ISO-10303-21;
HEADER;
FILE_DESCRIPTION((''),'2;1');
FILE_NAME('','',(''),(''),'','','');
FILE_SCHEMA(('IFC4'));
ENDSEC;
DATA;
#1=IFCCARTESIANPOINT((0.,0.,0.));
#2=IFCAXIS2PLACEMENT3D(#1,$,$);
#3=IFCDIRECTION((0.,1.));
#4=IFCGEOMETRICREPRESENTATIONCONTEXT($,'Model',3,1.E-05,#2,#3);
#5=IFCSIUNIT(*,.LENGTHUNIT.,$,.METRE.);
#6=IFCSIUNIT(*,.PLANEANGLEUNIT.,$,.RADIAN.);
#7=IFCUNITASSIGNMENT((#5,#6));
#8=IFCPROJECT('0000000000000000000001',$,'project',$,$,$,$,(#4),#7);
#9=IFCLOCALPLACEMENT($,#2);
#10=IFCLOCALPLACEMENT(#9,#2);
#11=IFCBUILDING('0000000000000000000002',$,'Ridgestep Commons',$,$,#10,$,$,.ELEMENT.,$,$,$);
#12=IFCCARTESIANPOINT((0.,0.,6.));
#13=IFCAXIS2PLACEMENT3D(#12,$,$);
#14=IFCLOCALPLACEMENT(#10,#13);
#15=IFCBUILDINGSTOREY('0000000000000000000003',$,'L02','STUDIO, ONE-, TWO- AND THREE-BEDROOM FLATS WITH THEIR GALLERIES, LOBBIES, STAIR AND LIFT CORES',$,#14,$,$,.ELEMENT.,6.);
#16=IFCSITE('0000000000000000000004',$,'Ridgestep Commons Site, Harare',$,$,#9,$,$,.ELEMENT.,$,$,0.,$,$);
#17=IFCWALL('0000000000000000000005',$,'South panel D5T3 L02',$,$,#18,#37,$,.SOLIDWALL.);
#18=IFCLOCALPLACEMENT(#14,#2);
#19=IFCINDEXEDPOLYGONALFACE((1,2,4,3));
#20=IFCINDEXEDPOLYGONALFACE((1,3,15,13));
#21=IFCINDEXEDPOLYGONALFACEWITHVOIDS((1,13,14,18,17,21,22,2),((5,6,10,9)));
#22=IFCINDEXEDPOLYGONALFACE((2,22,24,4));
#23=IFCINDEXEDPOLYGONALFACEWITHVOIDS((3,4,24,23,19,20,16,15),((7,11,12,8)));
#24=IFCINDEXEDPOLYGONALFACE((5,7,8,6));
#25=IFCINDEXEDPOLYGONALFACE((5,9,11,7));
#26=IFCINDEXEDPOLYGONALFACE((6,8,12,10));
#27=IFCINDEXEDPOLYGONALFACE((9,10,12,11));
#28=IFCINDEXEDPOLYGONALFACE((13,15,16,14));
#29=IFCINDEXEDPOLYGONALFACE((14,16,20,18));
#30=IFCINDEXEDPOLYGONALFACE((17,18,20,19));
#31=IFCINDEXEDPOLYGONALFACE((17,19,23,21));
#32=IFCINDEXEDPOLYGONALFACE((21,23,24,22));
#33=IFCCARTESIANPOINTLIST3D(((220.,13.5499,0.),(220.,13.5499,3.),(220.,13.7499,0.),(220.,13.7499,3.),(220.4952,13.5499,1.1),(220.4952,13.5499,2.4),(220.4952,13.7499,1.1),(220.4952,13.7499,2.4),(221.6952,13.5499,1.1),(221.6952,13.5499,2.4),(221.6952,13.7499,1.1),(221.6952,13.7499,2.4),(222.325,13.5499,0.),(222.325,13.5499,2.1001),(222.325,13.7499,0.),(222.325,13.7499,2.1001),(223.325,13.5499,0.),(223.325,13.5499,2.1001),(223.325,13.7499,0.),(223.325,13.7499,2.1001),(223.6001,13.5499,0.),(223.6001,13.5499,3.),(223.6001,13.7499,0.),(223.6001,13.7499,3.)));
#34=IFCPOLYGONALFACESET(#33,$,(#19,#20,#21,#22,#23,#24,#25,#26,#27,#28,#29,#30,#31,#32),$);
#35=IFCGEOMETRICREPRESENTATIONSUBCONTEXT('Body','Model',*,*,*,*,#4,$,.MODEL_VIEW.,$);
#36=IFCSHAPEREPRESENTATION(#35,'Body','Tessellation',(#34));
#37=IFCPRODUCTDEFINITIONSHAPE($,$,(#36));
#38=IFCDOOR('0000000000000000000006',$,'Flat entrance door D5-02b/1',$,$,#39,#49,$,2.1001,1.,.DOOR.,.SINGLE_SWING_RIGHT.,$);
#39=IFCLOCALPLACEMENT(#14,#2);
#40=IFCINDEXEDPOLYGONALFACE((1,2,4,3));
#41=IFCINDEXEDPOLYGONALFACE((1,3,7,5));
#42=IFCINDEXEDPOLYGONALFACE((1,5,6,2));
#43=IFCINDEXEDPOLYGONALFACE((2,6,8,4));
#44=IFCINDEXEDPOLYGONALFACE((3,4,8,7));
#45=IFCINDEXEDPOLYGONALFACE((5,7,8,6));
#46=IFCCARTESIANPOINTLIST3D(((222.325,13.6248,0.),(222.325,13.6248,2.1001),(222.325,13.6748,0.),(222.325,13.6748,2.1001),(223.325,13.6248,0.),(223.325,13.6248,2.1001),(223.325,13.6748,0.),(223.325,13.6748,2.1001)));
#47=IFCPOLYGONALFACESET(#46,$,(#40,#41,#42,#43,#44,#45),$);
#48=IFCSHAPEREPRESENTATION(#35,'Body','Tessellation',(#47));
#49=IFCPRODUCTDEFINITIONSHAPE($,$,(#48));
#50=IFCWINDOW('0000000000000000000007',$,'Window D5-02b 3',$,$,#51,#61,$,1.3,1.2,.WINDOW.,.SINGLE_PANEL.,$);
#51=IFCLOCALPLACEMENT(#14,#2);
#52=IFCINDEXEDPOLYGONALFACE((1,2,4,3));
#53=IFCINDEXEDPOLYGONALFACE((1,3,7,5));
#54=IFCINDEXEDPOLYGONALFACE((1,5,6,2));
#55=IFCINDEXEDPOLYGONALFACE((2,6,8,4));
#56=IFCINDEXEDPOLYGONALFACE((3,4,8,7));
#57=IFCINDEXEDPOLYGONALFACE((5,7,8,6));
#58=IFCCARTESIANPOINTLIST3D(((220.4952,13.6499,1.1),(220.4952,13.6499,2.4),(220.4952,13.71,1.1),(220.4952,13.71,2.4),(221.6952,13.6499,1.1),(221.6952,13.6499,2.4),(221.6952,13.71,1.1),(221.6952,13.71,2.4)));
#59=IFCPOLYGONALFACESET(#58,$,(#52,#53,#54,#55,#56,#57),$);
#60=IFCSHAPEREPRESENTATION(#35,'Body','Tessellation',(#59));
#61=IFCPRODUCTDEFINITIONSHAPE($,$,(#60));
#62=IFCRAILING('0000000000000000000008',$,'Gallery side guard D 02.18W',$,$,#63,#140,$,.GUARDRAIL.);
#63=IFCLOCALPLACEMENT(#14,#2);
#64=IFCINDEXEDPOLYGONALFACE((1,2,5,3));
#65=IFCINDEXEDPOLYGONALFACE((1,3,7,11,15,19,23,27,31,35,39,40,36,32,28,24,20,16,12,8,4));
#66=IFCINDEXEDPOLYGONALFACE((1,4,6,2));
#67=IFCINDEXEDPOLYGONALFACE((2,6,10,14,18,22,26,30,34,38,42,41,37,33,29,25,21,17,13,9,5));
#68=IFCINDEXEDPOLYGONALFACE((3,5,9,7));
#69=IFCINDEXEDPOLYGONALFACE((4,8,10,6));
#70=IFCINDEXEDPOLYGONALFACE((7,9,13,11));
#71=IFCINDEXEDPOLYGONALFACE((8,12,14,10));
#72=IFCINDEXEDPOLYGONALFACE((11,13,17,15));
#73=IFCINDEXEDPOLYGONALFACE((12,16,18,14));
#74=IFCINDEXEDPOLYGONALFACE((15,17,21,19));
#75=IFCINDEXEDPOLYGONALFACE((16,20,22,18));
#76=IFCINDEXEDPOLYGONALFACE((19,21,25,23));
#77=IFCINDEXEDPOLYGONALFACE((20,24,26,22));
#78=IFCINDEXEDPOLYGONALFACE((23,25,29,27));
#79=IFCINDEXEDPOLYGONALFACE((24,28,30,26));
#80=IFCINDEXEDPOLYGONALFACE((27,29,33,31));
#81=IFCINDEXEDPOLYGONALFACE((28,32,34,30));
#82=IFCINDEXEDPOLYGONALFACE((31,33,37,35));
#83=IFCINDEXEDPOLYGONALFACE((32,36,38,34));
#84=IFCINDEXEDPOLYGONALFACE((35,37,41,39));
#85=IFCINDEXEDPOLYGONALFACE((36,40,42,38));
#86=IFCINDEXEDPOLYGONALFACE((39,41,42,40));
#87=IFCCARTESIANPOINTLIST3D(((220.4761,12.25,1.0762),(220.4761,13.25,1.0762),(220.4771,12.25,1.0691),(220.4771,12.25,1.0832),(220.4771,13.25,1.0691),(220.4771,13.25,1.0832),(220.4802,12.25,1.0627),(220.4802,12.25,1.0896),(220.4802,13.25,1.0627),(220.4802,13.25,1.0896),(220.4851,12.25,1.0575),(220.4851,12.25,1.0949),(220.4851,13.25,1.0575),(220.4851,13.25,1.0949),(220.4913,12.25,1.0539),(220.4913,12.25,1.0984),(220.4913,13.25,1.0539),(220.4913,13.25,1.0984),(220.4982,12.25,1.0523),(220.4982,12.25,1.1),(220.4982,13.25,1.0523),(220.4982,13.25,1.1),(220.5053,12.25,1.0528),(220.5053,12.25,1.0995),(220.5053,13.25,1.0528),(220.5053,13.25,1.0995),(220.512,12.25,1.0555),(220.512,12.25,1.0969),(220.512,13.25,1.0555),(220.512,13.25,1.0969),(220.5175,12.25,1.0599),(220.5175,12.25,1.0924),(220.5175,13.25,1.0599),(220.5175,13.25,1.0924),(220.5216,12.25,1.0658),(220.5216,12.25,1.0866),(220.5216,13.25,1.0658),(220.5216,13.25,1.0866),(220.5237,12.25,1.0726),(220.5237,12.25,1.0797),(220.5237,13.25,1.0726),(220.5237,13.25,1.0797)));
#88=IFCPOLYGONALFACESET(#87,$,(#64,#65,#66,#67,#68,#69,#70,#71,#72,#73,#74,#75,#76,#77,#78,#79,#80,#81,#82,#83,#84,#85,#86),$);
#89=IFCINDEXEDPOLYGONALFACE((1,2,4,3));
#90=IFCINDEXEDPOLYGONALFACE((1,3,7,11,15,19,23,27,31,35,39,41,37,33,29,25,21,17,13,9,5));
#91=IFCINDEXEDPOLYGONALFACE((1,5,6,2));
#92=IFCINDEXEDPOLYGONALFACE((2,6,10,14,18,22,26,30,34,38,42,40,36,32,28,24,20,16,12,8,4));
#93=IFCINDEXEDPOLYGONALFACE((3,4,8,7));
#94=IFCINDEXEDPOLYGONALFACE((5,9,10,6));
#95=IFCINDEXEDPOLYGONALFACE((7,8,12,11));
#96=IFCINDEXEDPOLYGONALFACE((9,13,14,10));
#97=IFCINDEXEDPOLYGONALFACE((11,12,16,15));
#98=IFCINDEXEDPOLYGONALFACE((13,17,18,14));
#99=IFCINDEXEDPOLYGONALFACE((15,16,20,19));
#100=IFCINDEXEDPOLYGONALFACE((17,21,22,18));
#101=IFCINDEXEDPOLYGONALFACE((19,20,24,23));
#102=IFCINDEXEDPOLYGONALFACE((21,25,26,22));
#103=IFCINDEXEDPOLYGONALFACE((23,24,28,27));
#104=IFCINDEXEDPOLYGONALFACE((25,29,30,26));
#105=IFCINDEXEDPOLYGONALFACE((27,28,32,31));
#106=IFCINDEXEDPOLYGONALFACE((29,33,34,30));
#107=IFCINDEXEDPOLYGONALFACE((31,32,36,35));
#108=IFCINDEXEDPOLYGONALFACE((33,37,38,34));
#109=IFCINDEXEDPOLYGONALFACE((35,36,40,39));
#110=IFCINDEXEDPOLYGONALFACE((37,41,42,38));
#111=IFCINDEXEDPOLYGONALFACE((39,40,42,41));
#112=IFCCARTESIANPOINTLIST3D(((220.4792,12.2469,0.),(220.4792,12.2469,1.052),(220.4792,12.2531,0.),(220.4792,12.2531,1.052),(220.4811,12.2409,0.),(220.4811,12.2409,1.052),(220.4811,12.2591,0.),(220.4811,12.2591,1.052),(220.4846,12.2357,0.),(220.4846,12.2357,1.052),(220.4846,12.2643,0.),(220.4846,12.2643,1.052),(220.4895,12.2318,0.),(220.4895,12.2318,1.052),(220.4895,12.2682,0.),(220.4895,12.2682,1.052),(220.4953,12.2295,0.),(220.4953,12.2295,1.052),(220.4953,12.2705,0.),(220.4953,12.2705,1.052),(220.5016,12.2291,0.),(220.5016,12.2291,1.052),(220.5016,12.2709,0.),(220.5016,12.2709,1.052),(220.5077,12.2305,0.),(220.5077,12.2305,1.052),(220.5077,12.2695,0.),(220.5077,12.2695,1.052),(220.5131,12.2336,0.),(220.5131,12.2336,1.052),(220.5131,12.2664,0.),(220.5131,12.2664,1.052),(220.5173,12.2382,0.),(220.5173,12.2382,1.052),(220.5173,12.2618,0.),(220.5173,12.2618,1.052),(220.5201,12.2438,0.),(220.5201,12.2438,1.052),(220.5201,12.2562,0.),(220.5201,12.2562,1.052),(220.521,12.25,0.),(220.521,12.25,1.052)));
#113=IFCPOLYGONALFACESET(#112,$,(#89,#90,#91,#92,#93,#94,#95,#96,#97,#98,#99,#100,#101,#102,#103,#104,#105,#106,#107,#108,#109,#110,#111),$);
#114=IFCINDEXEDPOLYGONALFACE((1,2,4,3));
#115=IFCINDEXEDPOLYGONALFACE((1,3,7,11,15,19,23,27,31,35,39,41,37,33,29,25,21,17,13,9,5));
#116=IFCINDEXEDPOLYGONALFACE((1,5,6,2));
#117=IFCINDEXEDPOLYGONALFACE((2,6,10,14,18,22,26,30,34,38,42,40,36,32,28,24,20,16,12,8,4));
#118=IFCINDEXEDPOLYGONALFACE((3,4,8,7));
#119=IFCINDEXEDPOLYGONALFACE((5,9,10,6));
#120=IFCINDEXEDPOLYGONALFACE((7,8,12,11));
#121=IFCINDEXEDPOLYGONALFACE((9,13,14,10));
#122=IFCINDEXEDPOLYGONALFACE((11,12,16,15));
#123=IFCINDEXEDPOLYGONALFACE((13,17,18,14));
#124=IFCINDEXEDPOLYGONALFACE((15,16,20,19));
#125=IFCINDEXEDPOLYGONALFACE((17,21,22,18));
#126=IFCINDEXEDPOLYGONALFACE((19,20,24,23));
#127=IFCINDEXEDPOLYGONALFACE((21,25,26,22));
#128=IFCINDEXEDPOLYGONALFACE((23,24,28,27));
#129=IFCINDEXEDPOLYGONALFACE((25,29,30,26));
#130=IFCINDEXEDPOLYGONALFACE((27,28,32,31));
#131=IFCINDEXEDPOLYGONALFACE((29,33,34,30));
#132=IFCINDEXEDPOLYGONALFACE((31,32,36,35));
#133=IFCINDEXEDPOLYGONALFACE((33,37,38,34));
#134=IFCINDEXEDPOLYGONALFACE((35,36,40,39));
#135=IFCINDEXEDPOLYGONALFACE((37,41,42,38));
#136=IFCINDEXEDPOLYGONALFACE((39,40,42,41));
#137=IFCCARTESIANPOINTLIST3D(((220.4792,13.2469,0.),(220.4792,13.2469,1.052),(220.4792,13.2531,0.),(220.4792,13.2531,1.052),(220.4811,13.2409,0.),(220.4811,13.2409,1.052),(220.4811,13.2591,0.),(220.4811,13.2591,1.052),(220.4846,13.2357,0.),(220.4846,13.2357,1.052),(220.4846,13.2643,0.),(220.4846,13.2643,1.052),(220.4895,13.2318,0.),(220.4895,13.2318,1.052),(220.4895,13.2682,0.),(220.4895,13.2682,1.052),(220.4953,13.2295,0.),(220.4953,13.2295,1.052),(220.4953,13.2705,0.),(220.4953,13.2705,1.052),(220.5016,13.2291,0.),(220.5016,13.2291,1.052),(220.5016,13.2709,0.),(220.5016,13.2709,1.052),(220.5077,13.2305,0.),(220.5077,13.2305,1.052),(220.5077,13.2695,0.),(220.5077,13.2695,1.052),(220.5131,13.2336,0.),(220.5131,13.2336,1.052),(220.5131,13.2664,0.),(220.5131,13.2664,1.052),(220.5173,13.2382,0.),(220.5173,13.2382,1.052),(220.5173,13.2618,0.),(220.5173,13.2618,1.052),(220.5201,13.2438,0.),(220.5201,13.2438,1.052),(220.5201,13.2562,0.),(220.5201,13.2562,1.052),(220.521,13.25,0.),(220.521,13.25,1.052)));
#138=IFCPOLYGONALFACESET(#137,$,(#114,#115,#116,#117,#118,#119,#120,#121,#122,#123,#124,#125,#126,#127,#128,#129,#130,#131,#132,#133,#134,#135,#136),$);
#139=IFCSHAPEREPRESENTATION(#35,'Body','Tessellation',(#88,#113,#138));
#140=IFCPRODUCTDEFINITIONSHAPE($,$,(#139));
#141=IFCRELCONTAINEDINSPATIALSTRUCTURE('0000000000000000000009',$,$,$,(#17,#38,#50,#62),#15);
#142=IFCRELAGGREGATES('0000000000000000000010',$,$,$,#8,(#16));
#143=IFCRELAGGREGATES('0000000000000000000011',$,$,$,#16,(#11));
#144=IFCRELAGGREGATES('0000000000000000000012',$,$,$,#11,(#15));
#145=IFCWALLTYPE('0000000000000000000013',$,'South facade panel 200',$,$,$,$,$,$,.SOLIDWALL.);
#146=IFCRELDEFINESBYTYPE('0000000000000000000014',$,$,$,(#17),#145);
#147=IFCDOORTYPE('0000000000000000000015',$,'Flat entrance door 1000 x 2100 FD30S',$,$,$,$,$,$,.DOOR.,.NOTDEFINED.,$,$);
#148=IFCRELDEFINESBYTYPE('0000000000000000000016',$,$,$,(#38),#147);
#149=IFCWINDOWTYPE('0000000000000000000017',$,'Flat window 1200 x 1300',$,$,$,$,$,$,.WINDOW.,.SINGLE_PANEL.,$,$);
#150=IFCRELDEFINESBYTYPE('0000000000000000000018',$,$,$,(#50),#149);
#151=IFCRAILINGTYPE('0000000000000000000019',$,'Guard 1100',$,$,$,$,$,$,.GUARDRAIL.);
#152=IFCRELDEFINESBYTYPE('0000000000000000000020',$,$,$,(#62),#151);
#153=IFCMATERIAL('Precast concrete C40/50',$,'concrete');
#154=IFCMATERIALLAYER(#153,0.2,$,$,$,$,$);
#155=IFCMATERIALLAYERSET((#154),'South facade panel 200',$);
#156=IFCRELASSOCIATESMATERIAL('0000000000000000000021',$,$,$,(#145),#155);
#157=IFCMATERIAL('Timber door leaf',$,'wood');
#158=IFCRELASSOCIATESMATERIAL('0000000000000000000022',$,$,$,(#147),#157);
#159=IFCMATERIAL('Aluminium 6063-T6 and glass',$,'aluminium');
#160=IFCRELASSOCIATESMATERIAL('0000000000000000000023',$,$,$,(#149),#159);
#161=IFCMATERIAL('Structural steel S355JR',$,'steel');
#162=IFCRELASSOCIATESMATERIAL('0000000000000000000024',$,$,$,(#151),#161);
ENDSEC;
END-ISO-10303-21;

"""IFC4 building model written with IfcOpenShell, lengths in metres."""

from ifc_helpers import new_model, si_unit, direction, frame, frame_2d, origin, origin_2d, place, context, subcontext, project, spatial, rectangle, circle, extrude, material, layer, layer_set, type_object, element, fill, save


model = new_model("IFC4")

# Units and contexts
model_context = context("Model", 3, precision=1e-05, world=origin(), true_north=direction((0.0, 1.0)))
body_context = subcontext(model_context, "Body", "Model", "MODEL_VIEW")
ifc_project = project(units=[si_unit("LENGTHUNIT", "METRE"), si_unit("PLANEANGLEUNIT", "RADIAN")], contexts=[model_context])

# Site, building, storey
site_placement = place(None, origin())
site = spatial("IfcSite", under=ifc_project, at=site_placement, Name="Ridgestep Commons Site, Harare", CompositionType="ELEMENT", RefElevation=0.0)
building_placement = place(site_placement, origin())
building = spatial("IfcBuilding", under=site, at=building_placement, Name="Ridgestep Commons", CompositionType="ELEMENT")
storey_placement = place(building_placement, frame((0.0, 0.0, 6.0)))
storey = spatial("IfcBuildingStorey", under=building, at=storey_placement, Name="L02", Description="STUDIO, ONE-, TWO- AND THREE-BEDROOM FLATS WITH THEIR GALLERIES, LOBBIES, STAIR AND LIFT CORES", CompositionType="ELEMENT", Elevation=6.0)

# Wall, openings, door, window
ifc_material_1 = material(Name="Precast concrete C40/50", Category="concrete")
ifc_layer_1 = layer(ifc_material_1, 0.2)
ifc_layer_set_1 = layer_set([ifc_layer_1], Name="South facade panel 200")
wall_type_1 = type_object("IfcWallType", Name="South facade panel 200", PredefinedType="SOLIDWALL", material=ifc_layer_set_1)
wall_1_placement = place(storey_placement, frame((220.0, 13.6499, 0.0), z_axis=(0.0, 0.0, 1.0), x_axis=(1.0, 0.0, 0.0)))
wall_1 = element("IfcWall", 1, at=wall_1_placement, inside=storey, type_object=wall_type_1, Name="South panel D5T3 L02", PredefinedType="SOLIDWALL", context=body_context, shape_type="SweptSolid", body=[
    extrude(rectangle(XDim=3.6001, YDim=0.2, at=frame_2d((1.8, 0.0))), origin(), (0.0, 0.0, 1.0), 3.0),
])
opening_1_placement = place(wall_1_placement, frame((0.4951, 0.0, 1.1001)))
opening_1 = element("IfcOpeningElement", 2, at=opening_1_placement, cuts=wall_1, PredefinedType="OPENING", context=body_context, shape_type="SweptSolid", body=[
    extrude(rectangle(XDim=1.2, YDim=1.3, at=frame_2d((0.6001, 0.6499))), frame((0.0, 0.1099, 0.0), z_axis=(0.0, -1.0, 0.0), x_axis=(1.0, 0.0, 0.0)), (0.0, 0.0, 1.0), 0.22),
])
opening_2_placement = place(wall_1_placement, frame((2.325, 0.0, 0.0)))
opening_2 = element("IfcOpeningElement", 3, at=opening_2_placement, cuts=wall_1, PredefinedType="OPENING", context=body_context, shape_type="SweptSolid", body=[
    extrude(rectangle(XDim=1.0, YDim=2.1001, at=frame_2d((0.5, 1.05))), frame((0.0, 0.1099, 0.0), z_axis=(0.0, -1.0, 0.0), x_axis=(1.0, 0.0, 0.0)), (0.0, 0.0, 1.0), 0.22),
])
ifc_material_2 = material(Name="Timber door leaf", Category="wood")
door_type_1 = type_object("IfcDoorType", Name="Flat entrance door 1000 x 2100 FD30S", OperationType="NOTDEFINED", PredefinedType="DOOR", material=ifc_material_2)
door_1_placement = place(opening_2_placement, origin())
door_1 = element("IfcDoor", 4, at=door_1_placement, inside=storey, type_object=door_type_1, Name="Flat entrance door D5-02b/1", OperationType="SINGLE_SWING_RIGHT", OverallHeight=2.1001, OverallWidth=1.0, PredefinedType="DOOR", context=body_context, shape_type="SweptSolid", body=[
    extrude(rectangle(XDim=1.0, YDim=2.1001, at=frame_2d((0.5, 1.05))), frame((0.0, 0.0249, 0.0), z_axis=(0.0, -1.0, 0.0), x_axis=(1.0, 0.0, 0.0)), (0.0, 0.0, 1.0), 0.05),
])
fill(opening_2, door_1)
ifc_material_3 = material(Name="Aluminium 6063-T6 and glass", Category="aluminium")
window_type = type_object("IfcWindowType", Name="Flat window 1200 x 1300", PartitioningType="SINGLE_PANEL", PredefinedType="WINDOW", material=ifc_material_3)
window_placement = place(opening_1_placement, origin())
window = element("IfcWindow", 5, at=window_placement, inside=storey, type_object=window_type, Name="Window D5-02b 3", OverallHeight=1.3, OverallWidth=1.2, PartitioningType="SINGLE_PANEL", PredefinedType="WINDOW", context=body_context, shape_type="SweptSolid", body=[
    extrude(rectangle(XDim=1.2, YDim=1.3, at=frame_2d((0.6001, 0.6499))), frame((0.0, 0.0601, 0.0), z_axis=(0.0, -1.0, 0.0), x_axis=(1.0, 0.0, 0.0)), (0.0, 0.0, 1.0), 0.0601),
])
fill(opening_1, window)

# Railing
ifc_material_4 = material(Name="Structural steel S355JR", Category="steel")
railing_type_1 = type_object("IfcRailingType", Name="Guard 1100", PredefinedType="GUARDRAIL", material=ifc_material_4)
for number, where, name in (
    (6, (220.5, 12.25, 0.0), "Gallery side guard D 02.18W"),
):
    element("IfcRailing", number, at=place(storey_placement, frame(where)), inside=storey, type_object=railing_type_1, Name=name, PredefinedType="GUARDRAIL", context=body_context, shape_type="SweptSolid", body=[
        extrude(circle(Radius=0.0239, at=origin_2d()), frame((0.0, 0.0, 1.0762), z_axis=(0.0, 1.0, 0.0), x_axis=(-1.0, 0.0, 0.0)), (0.0, 0.0, 1.0), 1.0),
        extrude(circle(Radius=0.021, at=origin_2d()), origin(), (0.0, 0.0, 1.0), 1.052),
        extrude(circle(Radius=0.021, at=origin_2d()), frame((0.0, 1.0, 0.0)), (0.0, 0.0, 1.0), 1.052),
    ])

save(model, "model.ifc")
